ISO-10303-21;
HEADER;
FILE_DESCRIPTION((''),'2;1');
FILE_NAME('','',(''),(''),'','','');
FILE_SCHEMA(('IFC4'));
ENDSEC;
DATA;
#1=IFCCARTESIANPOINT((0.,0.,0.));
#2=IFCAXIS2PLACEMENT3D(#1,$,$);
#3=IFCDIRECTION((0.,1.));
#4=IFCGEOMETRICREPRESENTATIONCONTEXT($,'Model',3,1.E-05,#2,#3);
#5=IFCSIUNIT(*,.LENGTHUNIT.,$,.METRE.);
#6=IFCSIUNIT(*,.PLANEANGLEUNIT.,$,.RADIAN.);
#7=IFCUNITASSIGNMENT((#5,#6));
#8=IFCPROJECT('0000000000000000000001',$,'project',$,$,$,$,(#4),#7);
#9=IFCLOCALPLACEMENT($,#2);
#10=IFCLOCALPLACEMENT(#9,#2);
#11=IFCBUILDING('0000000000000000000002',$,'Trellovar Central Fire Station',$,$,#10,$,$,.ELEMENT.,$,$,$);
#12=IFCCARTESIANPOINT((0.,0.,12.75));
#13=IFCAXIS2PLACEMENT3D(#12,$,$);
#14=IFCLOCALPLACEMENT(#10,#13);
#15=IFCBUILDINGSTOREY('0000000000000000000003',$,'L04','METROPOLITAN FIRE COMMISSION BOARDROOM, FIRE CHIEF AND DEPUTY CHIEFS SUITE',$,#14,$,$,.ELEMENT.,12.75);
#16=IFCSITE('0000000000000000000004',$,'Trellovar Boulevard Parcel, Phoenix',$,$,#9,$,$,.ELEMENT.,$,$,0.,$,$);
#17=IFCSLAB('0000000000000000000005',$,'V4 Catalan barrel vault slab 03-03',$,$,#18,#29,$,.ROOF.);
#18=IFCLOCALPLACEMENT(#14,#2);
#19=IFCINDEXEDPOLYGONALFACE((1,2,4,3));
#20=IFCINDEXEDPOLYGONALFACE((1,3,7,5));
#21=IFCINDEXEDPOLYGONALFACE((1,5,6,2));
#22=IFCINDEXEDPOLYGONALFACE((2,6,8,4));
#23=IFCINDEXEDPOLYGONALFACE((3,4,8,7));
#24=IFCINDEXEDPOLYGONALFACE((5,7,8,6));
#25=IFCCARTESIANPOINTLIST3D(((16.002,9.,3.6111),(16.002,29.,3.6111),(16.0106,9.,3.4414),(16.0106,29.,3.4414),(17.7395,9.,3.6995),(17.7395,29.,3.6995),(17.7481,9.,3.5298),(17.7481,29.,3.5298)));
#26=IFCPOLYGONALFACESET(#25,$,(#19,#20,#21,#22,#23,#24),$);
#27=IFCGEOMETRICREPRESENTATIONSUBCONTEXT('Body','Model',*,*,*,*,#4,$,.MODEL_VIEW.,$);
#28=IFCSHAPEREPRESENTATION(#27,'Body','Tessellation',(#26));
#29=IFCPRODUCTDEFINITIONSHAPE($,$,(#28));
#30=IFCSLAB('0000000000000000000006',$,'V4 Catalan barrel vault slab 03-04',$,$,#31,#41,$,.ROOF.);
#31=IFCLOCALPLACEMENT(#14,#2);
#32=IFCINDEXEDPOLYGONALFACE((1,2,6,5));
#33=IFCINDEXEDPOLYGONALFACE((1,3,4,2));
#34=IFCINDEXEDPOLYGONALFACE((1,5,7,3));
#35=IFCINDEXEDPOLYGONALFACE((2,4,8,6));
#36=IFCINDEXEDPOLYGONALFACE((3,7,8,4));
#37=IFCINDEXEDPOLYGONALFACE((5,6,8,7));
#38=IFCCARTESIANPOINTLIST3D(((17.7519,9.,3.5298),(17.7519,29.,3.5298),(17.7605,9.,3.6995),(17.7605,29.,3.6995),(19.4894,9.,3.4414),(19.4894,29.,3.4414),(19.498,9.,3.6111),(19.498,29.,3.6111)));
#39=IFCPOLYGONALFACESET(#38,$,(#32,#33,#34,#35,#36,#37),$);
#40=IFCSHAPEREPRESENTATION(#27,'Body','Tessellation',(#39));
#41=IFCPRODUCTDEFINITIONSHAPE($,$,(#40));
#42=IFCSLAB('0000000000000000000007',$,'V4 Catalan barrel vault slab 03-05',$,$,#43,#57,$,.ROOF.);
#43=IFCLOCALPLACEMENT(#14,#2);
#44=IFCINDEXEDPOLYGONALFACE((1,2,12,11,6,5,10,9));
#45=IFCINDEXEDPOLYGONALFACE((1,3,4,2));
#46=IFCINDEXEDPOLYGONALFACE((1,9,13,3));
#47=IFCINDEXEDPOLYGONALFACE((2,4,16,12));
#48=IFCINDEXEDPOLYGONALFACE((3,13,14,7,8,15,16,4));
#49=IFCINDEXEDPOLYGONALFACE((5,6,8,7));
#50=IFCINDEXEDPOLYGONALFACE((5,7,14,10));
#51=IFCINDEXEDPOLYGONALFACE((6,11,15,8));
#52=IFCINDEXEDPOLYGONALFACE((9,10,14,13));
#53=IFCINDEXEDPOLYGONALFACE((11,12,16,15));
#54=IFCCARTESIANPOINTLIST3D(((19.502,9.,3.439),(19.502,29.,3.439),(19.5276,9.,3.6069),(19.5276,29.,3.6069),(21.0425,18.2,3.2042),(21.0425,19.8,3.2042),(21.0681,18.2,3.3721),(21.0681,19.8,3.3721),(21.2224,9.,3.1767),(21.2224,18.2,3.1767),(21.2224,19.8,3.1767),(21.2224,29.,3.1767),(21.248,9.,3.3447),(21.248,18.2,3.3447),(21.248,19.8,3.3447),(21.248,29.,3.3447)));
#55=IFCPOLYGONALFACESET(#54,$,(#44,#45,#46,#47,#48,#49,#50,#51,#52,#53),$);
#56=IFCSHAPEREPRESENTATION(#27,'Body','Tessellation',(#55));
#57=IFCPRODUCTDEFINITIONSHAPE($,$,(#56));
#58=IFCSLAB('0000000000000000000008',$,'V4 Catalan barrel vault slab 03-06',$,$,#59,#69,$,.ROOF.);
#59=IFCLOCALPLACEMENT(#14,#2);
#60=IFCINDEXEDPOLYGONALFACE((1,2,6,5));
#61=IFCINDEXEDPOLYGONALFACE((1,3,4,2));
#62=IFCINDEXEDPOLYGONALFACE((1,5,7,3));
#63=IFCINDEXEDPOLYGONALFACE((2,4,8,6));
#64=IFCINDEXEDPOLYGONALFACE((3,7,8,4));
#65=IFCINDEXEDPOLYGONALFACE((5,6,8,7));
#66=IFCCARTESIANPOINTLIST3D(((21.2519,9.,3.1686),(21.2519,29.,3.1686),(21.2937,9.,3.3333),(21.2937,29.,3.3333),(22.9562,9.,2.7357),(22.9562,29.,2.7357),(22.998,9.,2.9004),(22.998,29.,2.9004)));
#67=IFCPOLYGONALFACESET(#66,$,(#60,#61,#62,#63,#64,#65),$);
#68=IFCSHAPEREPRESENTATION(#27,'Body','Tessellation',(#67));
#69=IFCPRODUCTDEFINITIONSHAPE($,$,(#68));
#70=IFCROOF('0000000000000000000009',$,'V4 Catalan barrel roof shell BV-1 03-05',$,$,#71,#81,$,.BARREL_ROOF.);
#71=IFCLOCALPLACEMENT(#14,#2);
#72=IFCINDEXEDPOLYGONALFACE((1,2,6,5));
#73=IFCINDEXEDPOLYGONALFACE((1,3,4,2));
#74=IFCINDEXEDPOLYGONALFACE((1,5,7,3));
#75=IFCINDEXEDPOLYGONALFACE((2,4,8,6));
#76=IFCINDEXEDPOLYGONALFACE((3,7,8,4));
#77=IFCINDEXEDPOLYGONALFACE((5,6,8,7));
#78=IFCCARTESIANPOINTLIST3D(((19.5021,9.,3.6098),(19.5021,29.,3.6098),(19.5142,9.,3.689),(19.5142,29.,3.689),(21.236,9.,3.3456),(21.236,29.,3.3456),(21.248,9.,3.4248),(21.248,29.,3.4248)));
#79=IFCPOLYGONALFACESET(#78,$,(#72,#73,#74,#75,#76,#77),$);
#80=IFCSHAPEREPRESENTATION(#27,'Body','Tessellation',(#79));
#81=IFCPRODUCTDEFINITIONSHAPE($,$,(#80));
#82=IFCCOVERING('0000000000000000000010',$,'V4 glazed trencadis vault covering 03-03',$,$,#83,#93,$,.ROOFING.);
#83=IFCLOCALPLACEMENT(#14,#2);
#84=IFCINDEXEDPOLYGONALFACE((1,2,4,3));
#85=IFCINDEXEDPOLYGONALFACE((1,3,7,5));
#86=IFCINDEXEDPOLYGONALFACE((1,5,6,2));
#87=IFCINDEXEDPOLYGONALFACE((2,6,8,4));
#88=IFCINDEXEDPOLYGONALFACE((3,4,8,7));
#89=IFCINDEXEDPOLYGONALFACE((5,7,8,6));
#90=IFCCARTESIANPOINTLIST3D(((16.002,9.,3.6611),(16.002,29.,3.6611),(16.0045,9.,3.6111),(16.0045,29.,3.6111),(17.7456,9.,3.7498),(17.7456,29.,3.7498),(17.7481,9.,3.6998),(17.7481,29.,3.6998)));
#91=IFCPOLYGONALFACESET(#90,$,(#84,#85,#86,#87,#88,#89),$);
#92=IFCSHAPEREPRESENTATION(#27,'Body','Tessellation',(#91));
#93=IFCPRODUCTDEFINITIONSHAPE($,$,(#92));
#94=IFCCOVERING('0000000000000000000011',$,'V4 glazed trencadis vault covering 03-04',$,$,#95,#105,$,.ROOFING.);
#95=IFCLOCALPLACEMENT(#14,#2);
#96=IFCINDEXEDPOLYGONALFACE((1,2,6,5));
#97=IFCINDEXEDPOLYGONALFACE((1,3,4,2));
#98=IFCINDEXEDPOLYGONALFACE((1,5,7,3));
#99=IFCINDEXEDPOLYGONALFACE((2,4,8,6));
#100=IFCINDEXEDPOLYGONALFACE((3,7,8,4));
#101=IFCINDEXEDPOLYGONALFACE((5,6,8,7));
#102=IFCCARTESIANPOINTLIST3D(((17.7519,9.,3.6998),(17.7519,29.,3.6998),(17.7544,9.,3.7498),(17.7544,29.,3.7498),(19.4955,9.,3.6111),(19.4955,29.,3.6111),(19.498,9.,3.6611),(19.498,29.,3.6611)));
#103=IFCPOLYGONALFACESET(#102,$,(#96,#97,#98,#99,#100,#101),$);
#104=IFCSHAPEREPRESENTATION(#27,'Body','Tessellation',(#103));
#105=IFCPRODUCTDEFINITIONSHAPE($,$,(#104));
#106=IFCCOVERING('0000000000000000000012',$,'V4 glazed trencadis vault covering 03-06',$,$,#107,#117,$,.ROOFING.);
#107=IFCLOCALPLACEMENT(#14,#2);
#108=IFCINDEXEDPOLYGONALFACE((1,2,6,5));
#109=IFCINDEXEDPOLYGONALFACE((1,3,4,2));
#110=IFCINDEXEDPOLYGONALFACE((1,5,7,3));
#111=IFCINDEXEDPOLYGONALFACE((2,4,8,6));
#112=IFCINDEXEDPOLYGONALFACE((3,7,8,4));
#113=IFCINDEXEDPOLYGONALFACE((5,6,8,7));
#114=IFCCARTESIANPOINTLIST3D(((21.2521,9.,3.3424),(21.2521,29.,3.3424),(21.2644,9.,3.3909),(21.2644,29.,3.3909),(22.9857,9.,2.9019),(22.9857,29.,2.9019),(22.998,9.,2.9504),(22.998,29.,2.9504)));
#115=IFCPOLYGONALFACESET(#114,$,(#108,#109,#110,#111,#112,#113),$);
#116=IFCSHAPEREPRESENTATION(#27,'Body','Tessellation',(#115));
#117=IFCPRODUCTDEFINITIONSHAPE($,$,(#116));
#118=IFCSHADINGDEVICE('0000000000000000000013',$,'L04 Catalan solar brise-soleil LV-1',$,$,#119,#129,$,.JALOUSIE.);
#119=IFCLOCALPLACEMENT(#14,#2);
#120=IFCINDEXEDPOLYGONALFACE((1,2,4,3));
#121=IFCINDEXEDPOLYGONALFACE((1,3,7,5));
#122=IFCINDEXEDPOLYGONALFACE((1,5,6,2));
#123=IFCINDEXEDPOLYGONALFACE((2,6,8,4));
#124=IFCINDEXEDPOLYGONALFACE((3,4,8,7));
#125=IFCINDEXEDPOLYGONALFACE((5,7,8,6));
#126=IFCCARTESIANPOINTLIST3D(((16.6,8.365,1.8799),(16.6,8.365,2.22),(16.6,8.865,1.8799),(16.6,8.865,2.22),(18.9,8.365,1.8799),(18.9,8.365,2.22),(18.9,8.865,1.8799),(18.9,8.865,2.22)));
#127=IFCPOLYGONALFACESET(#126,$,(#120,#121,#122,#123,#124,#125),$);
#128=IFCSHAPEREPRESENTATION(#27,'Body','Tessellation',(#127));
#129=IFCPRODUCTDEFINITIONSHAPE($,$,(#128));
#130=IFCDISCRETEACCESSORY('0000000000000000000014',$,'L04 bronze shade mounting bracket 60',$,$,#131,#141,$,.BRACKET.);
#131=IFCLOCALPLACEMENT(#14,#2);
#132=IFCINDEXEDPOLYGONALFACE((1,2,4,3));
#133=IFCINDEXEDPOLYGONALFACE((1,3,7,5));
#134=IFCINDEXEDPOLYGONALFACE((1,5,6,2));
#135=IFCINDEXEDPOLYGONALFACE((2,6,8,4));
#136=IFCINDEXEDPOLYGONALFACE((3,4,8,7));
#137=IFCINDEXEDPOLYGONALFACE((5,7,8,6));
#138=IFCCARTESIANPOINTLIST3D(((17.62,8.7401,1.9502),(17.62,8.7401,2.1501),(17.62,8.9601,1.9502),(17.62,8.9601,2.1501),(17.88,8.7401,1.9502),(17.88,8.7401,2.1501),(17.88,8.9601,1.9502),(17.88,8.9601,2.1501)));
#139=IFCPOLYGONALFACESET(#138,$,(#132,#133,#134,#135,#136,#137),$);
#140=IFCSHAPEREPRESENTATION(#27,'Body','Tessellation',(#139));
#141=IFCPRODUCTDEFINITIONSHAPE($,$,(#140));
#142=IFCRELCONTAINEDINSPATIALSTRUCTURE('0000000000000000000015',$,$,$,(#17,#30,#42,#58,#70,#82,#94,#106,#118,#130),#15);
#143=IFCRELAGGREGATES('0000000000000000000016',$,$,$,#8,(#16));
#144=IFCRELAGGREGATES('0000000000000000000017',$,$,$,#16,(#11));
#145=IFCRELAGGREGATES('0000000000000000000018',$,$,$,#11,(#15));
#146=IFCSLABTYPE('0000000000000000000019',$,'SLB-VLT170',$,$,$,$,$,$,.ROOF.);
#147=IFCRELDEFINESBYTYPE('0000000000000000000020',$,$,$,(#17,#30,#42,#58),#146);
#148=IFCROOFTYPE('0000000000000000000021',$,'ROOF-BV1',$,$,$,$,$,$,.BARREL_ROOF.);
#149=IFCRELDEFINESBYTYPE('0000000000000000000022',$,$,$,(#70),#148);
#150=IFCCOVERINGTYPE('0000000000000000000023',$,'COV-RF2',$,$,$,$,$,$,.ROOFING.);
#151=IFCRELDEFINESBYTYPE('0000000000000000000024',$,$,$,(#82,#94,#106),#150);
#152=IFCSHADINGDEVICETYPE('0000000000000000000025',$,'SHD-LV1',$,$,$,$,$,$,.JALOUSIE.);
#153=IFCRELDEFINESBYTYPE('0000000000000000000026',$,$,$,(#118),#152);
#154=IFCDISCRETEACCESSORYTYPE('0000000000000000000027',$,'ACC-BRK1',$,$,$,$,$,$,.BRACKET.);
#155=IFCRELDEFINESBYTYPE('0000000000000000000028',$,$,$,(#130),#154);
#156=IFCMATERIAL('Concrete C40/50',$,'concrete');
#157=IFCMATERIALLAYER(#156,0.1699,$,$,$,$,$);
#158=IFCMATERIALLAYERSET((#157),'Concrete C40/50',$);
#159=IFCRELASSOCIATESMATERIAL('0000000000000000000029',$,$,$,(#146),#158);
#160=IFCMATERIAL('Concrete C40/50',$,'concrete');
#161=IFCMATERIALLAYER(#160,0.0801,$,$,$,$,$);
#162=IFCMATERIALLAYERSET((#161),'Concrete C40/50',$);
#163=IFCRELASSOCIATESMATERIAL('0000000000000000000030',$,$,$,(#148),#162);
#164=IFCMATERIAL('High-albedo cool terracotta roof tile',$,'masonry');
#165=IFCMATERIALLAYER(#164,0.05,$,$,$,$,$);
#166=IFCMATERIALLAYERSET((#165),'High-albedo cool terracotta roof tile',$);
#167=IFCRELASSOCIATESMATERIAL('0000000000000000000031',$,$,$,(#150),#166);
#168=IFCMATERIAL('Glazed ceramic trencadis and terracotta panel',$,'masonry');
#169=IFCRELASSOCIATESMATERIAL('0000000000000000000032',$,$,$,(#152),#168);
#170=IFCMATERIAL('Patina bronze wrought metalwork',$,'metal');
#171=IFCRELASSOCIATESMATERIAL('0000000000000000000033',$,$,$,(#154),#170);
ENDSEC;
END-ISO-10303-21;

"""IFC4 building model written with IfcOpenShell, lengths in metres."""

from ifc_helpers import new_model, si_unit, direction, frame, origin, origin_2d, place, context, subcontext, project, spatial, polyline, rectangle, outline, extrude, material, layer, layer_set, type_object, element, save


model = new_model("IFC4")

# Units and contexts
model_context = context("Model", 3, precision=1e-05, world=origin(), true_north=direction((0.0, 1.0)))
body_context = subcontext(model_context, "Body", "Model", "MODEL_VIEW")
ifc_project = project(units=[si_unit("LENGTHUNIT", "METRE"), si_unit("PLANEANGLEUNIT", "RADIAN")], contexts=[model_context])

# Site, building, storey
site_placement = place(None, origin())
site = spatial("IfcSite", under=ifc_project, at=site_placement, Name="Trellovar Boulevard Parcel, Phoenix", CompositionType="ELEMENT", RefElevation=0.0)
building_placement = place(site_placement, origin())
building = spatial("IfcBuilding", under=site, at=building_placement, Name="Trellovar Central Fire Station", CompositionType="ELEMENT")
storey_placement = place(building_placement, frame((0.0, 0.0, 12.75)))
storey = spatial("IfcBuildingStorey", under=building, at=storey_placement, Name="L04", Description="METROPOLITAN FIRE COMMISSION BOARDROOM, FIRE CHIEF AND DEPUTY CHIEFS SUITE", CompositionType="ELEMENT", Elevation=12.75)

# Slabs
ifc_material_1 = material(Name="Concrete C40/50", Category="concrete")
ifc_layer_1 = layer(ifc_material_1, 0.1699)
ifc_layer_set_1 = layer_set([ifc_layer_1], Name="Concrete C40/50")
slab_type = type_object("IfcSlabType", Name="SLB-VLT170", PredefinedType="ROOF", material=ifc_layer_set_1)
for number, where, z_axis, x_axis, name in (
    (1, (16.002, 9.0, 3.6111), (-0.050798, 0.0, 0.998709), (0.998709, 0.0, 0.050798), "V4 Catalan barrel vault slab 03-03"),
    (2, (17.7605, 9.0, 3.6995), (0.050798, 0.0, 0.998709), (0.998709, 0.0, -0.050798), "V4 Catalan barrel vault slab 03-04"),
):
    element("IfcSlab", number, at=place(storey_placement, frame(where, z_axis=z_axis, x_axis=x_axis)), inside=storey, type_object=slab_type, Name=name, PredefinedType="ROOF", context=body_context, shape_type="SweptSolid", body=[
        extrude(outline(polyline([(0.0, 0.0), (1.7398, 0.0), (1.7398, 20.0), (0.0, 20.0), (0.0, 0.0)])), origin(), (0.0, 0.0, -1.0), 0.1699),
    ])
slab_1_placement = place(storey_placement, frame((19.5276, 9.0, 3.6069), z_axis=(0.150669, 0.0, 0.988584), x_axis=(0.988584, 0.0, -0.150669)))
element("IfcSlab", 3, at=slab_1_placement, inside=storey, type_object=slab_type, Name="V4 Catalan barrel vault slab 03-05", PredefinedType="ROOF", context=body_context, shape_type="SweptSolid", body=[
    extrude(outline(polyline([(0.0, 0.0), (1.7403, 0.0), (1.7403, 9.2), (1.5583, 9.2), (1.5583, 10.8), (1.7403, 10.8), (1.7403, 20.0), (0.0, 20.0), (0.0, 0.0)])), origin(), (0.0, 0.0, -1.0), 0.1699),
])
slab_2_placement = place(storey_placement, frame((21.2937, 9.0, 3.3333), z_axis=(0.24616, 0.0, 0.969229), x_axis=(0.969229, 0.0, -0.24616)))
element("IfcSlab", 4, at=slab_2_placement, inside=storey, type_object=slab_type, Name="V4 Catalan barrel vault slab 03-06", PredefinedType="ROOF", context=body_context, shape_type="SweptSolid", body=[
    extrude(outline(polyline([(0.0, 0.0), (1.7585, 0.0), (1.7585, 20.0), (0.0, 20.0), (0.0, 0.0)])), origin(), (0.0, 0.0, -1.0), 0.1699),
])

# Roof
ifc_material_2 = material(Name="Concrete C40/50", Category="concrete")
ifc_layer_2 = layer(ifc_material_2, 0.0801)
ifc_layer_set_2 = layer_set([ifc_layer_2], Name="Concrete C40/50")
roof_type = type_object("IfcRoofType", Name="ROOF-BV1", PredefinedType="BARREL_ROOF", material=ifc_layer_set_2)
roof_placement = place(storey_placement, frame((19.5142, 9.0, 3.689), z_axis=(0.150614, 0.0, 0.988593), x_axis=(0.988593, 0.0, -0.150614)))
element("IfcRoof", 5, at=roof_placement, inside=storey, type_object=roof_type, Name="V4 Catalan barrel roof shell BV-1 03-05", PredefinedType="BARREL_ROOF", context=body_context, shape_type="SweptSolid", body=[
    extrude(outline(polyline([(0.0, 0.0), (1.7539, 0.0), (1.7539, 20.0), (0.0, 20.0), (0.0, 0.0)])), origin(), (0.0, 0.0, -1.0), 0.0801),
])

# Coverings
ifc_material_3 = material(Name="High-albedo cool terracotta roof tile", Category="masonry")
ifc_layer_3 = layer(ifc_material_3, 0.05)
ifc_layer_set_3 = layer_set([ifc_layer_3], Name="High-albedo cool terracotta roof tile")
covering_type = type_object("IfcCoveringType", Name="COV-RF2", PredefinedType="ROOFING", material=ifc_layer_set_3)
for number, where, z_axis, x_axis, name in (
    (6, (16.002, 9.0, 3.6611), (-0.050761, 0.0, 0.998711), (0.998711, 0.0, 0.050761), "V4 glazed trencadis vault covering 03-03"),
    (7, (17.7544, 9.0, 3.7498), (0.050761, 0.0, 0.998711), (0.998711, 0.0, -0.050761), "V4 glazed trencadis vault covering 03-04"),
):
    element("IfcCovering", number, at=place(storey_placement, frame(where, z_axis=z_axis, x_axis=x_axis)), inside=storey, type_object=covering_type, Name=name, PredefinedType="ROOFING", context=body_context, shape_type="SweptSolid", body=[
        extrude(outline(polyline([(0.0, 0.0), (1.7459, 0.0), (1.7459, 20.0), (0.0, 20.0), (0.0, 0.0)])), origin(), (0.0, 0.0, -1.0), 0.05),
    ])
covering_placement = place(storey_placement, frame((21.2644, 9.0, 3.3909), z_axis=(0.246227, 0.0, 0.969212), x_axis=(0.969212, 0.0, -0.246227)))
element("IfcCovering", 8, at=covering_placement, inside=storey, type_object=covering_type, Name="V4 glazed trencadis vault covering 03-06", PredefinedType="ROOFING", context=body_context, shape_type="SweptSolid", body=[
    extrude(outline(polyline([(0.0, 0.0), (1.7887, 0.0), (1.7887, 20.0), (0.0, 20.0), (0.0, 0.0)])), origin(), (0.0, 0.0, -1.0), 0.05),
])

# Shading device
ifc_material_4 = material(Name="Glazed ceramic trencadis and terracotta panel", Category="masonry")
shading_device_type = type_object("IfcShadingDeviceType", Name="SHD-LV1", PredefinedType="JALOUSIE", material=ifc_material_4)
shading_device_placement = place(storey_placement, frame((17.75, 8.615, 1.8799), z_axis=(0.0, 0.0, 1.0), x_axis=(1.0, 0.0, 0.0)))
element("IfcShadingDevice", 9, at=shading_device_placement, inside=storey, type_object=shading_device_type, Name="L04 Catalan solar brise-soleil LV-1", PredefinedType="JALOUSIE", context=body_context, shape_type="SweptSolid", body=[
    extrude(rectangle(XDim=2.3, YDim=0.5, at=origin_2d()), origin(), (0.0, 0.0, 1.0), 0.3401),
])

# Discrete accessory
ifc_material_5 = material(Name="Patina bronze wrought metalwork", Category="metal")
discrete_accessory_type = type_object("IfcDiscreteAccessoryType", Name="ACC-BRK1", PredefinedType="BRACKET", material=ifc_material_5)
discrete_accessory_placement = place(storey_placement, frame((17.75, 8.8501, 1.9502), z_axis=(0.0, 0.0, 1.0), x_axis=(1.0, 0.0, 0.0)))
element("IfcDiscreteAccessory", 10, at=discrete_accessory_placement, inside=storey, type_object=discrete_accessory_type, Name="L04 bronze shade mounting bracket 60", PredefinedType="BRACKET", context=body_context, shape_type="SweptSolid", body=[
    extrude(rectangle(XDim=0.26, YDim=0.22, at=origin_2d()), origin(), (0.0, 0.0, 1.0), 0.2),
])

save(model, "model.ifc")
